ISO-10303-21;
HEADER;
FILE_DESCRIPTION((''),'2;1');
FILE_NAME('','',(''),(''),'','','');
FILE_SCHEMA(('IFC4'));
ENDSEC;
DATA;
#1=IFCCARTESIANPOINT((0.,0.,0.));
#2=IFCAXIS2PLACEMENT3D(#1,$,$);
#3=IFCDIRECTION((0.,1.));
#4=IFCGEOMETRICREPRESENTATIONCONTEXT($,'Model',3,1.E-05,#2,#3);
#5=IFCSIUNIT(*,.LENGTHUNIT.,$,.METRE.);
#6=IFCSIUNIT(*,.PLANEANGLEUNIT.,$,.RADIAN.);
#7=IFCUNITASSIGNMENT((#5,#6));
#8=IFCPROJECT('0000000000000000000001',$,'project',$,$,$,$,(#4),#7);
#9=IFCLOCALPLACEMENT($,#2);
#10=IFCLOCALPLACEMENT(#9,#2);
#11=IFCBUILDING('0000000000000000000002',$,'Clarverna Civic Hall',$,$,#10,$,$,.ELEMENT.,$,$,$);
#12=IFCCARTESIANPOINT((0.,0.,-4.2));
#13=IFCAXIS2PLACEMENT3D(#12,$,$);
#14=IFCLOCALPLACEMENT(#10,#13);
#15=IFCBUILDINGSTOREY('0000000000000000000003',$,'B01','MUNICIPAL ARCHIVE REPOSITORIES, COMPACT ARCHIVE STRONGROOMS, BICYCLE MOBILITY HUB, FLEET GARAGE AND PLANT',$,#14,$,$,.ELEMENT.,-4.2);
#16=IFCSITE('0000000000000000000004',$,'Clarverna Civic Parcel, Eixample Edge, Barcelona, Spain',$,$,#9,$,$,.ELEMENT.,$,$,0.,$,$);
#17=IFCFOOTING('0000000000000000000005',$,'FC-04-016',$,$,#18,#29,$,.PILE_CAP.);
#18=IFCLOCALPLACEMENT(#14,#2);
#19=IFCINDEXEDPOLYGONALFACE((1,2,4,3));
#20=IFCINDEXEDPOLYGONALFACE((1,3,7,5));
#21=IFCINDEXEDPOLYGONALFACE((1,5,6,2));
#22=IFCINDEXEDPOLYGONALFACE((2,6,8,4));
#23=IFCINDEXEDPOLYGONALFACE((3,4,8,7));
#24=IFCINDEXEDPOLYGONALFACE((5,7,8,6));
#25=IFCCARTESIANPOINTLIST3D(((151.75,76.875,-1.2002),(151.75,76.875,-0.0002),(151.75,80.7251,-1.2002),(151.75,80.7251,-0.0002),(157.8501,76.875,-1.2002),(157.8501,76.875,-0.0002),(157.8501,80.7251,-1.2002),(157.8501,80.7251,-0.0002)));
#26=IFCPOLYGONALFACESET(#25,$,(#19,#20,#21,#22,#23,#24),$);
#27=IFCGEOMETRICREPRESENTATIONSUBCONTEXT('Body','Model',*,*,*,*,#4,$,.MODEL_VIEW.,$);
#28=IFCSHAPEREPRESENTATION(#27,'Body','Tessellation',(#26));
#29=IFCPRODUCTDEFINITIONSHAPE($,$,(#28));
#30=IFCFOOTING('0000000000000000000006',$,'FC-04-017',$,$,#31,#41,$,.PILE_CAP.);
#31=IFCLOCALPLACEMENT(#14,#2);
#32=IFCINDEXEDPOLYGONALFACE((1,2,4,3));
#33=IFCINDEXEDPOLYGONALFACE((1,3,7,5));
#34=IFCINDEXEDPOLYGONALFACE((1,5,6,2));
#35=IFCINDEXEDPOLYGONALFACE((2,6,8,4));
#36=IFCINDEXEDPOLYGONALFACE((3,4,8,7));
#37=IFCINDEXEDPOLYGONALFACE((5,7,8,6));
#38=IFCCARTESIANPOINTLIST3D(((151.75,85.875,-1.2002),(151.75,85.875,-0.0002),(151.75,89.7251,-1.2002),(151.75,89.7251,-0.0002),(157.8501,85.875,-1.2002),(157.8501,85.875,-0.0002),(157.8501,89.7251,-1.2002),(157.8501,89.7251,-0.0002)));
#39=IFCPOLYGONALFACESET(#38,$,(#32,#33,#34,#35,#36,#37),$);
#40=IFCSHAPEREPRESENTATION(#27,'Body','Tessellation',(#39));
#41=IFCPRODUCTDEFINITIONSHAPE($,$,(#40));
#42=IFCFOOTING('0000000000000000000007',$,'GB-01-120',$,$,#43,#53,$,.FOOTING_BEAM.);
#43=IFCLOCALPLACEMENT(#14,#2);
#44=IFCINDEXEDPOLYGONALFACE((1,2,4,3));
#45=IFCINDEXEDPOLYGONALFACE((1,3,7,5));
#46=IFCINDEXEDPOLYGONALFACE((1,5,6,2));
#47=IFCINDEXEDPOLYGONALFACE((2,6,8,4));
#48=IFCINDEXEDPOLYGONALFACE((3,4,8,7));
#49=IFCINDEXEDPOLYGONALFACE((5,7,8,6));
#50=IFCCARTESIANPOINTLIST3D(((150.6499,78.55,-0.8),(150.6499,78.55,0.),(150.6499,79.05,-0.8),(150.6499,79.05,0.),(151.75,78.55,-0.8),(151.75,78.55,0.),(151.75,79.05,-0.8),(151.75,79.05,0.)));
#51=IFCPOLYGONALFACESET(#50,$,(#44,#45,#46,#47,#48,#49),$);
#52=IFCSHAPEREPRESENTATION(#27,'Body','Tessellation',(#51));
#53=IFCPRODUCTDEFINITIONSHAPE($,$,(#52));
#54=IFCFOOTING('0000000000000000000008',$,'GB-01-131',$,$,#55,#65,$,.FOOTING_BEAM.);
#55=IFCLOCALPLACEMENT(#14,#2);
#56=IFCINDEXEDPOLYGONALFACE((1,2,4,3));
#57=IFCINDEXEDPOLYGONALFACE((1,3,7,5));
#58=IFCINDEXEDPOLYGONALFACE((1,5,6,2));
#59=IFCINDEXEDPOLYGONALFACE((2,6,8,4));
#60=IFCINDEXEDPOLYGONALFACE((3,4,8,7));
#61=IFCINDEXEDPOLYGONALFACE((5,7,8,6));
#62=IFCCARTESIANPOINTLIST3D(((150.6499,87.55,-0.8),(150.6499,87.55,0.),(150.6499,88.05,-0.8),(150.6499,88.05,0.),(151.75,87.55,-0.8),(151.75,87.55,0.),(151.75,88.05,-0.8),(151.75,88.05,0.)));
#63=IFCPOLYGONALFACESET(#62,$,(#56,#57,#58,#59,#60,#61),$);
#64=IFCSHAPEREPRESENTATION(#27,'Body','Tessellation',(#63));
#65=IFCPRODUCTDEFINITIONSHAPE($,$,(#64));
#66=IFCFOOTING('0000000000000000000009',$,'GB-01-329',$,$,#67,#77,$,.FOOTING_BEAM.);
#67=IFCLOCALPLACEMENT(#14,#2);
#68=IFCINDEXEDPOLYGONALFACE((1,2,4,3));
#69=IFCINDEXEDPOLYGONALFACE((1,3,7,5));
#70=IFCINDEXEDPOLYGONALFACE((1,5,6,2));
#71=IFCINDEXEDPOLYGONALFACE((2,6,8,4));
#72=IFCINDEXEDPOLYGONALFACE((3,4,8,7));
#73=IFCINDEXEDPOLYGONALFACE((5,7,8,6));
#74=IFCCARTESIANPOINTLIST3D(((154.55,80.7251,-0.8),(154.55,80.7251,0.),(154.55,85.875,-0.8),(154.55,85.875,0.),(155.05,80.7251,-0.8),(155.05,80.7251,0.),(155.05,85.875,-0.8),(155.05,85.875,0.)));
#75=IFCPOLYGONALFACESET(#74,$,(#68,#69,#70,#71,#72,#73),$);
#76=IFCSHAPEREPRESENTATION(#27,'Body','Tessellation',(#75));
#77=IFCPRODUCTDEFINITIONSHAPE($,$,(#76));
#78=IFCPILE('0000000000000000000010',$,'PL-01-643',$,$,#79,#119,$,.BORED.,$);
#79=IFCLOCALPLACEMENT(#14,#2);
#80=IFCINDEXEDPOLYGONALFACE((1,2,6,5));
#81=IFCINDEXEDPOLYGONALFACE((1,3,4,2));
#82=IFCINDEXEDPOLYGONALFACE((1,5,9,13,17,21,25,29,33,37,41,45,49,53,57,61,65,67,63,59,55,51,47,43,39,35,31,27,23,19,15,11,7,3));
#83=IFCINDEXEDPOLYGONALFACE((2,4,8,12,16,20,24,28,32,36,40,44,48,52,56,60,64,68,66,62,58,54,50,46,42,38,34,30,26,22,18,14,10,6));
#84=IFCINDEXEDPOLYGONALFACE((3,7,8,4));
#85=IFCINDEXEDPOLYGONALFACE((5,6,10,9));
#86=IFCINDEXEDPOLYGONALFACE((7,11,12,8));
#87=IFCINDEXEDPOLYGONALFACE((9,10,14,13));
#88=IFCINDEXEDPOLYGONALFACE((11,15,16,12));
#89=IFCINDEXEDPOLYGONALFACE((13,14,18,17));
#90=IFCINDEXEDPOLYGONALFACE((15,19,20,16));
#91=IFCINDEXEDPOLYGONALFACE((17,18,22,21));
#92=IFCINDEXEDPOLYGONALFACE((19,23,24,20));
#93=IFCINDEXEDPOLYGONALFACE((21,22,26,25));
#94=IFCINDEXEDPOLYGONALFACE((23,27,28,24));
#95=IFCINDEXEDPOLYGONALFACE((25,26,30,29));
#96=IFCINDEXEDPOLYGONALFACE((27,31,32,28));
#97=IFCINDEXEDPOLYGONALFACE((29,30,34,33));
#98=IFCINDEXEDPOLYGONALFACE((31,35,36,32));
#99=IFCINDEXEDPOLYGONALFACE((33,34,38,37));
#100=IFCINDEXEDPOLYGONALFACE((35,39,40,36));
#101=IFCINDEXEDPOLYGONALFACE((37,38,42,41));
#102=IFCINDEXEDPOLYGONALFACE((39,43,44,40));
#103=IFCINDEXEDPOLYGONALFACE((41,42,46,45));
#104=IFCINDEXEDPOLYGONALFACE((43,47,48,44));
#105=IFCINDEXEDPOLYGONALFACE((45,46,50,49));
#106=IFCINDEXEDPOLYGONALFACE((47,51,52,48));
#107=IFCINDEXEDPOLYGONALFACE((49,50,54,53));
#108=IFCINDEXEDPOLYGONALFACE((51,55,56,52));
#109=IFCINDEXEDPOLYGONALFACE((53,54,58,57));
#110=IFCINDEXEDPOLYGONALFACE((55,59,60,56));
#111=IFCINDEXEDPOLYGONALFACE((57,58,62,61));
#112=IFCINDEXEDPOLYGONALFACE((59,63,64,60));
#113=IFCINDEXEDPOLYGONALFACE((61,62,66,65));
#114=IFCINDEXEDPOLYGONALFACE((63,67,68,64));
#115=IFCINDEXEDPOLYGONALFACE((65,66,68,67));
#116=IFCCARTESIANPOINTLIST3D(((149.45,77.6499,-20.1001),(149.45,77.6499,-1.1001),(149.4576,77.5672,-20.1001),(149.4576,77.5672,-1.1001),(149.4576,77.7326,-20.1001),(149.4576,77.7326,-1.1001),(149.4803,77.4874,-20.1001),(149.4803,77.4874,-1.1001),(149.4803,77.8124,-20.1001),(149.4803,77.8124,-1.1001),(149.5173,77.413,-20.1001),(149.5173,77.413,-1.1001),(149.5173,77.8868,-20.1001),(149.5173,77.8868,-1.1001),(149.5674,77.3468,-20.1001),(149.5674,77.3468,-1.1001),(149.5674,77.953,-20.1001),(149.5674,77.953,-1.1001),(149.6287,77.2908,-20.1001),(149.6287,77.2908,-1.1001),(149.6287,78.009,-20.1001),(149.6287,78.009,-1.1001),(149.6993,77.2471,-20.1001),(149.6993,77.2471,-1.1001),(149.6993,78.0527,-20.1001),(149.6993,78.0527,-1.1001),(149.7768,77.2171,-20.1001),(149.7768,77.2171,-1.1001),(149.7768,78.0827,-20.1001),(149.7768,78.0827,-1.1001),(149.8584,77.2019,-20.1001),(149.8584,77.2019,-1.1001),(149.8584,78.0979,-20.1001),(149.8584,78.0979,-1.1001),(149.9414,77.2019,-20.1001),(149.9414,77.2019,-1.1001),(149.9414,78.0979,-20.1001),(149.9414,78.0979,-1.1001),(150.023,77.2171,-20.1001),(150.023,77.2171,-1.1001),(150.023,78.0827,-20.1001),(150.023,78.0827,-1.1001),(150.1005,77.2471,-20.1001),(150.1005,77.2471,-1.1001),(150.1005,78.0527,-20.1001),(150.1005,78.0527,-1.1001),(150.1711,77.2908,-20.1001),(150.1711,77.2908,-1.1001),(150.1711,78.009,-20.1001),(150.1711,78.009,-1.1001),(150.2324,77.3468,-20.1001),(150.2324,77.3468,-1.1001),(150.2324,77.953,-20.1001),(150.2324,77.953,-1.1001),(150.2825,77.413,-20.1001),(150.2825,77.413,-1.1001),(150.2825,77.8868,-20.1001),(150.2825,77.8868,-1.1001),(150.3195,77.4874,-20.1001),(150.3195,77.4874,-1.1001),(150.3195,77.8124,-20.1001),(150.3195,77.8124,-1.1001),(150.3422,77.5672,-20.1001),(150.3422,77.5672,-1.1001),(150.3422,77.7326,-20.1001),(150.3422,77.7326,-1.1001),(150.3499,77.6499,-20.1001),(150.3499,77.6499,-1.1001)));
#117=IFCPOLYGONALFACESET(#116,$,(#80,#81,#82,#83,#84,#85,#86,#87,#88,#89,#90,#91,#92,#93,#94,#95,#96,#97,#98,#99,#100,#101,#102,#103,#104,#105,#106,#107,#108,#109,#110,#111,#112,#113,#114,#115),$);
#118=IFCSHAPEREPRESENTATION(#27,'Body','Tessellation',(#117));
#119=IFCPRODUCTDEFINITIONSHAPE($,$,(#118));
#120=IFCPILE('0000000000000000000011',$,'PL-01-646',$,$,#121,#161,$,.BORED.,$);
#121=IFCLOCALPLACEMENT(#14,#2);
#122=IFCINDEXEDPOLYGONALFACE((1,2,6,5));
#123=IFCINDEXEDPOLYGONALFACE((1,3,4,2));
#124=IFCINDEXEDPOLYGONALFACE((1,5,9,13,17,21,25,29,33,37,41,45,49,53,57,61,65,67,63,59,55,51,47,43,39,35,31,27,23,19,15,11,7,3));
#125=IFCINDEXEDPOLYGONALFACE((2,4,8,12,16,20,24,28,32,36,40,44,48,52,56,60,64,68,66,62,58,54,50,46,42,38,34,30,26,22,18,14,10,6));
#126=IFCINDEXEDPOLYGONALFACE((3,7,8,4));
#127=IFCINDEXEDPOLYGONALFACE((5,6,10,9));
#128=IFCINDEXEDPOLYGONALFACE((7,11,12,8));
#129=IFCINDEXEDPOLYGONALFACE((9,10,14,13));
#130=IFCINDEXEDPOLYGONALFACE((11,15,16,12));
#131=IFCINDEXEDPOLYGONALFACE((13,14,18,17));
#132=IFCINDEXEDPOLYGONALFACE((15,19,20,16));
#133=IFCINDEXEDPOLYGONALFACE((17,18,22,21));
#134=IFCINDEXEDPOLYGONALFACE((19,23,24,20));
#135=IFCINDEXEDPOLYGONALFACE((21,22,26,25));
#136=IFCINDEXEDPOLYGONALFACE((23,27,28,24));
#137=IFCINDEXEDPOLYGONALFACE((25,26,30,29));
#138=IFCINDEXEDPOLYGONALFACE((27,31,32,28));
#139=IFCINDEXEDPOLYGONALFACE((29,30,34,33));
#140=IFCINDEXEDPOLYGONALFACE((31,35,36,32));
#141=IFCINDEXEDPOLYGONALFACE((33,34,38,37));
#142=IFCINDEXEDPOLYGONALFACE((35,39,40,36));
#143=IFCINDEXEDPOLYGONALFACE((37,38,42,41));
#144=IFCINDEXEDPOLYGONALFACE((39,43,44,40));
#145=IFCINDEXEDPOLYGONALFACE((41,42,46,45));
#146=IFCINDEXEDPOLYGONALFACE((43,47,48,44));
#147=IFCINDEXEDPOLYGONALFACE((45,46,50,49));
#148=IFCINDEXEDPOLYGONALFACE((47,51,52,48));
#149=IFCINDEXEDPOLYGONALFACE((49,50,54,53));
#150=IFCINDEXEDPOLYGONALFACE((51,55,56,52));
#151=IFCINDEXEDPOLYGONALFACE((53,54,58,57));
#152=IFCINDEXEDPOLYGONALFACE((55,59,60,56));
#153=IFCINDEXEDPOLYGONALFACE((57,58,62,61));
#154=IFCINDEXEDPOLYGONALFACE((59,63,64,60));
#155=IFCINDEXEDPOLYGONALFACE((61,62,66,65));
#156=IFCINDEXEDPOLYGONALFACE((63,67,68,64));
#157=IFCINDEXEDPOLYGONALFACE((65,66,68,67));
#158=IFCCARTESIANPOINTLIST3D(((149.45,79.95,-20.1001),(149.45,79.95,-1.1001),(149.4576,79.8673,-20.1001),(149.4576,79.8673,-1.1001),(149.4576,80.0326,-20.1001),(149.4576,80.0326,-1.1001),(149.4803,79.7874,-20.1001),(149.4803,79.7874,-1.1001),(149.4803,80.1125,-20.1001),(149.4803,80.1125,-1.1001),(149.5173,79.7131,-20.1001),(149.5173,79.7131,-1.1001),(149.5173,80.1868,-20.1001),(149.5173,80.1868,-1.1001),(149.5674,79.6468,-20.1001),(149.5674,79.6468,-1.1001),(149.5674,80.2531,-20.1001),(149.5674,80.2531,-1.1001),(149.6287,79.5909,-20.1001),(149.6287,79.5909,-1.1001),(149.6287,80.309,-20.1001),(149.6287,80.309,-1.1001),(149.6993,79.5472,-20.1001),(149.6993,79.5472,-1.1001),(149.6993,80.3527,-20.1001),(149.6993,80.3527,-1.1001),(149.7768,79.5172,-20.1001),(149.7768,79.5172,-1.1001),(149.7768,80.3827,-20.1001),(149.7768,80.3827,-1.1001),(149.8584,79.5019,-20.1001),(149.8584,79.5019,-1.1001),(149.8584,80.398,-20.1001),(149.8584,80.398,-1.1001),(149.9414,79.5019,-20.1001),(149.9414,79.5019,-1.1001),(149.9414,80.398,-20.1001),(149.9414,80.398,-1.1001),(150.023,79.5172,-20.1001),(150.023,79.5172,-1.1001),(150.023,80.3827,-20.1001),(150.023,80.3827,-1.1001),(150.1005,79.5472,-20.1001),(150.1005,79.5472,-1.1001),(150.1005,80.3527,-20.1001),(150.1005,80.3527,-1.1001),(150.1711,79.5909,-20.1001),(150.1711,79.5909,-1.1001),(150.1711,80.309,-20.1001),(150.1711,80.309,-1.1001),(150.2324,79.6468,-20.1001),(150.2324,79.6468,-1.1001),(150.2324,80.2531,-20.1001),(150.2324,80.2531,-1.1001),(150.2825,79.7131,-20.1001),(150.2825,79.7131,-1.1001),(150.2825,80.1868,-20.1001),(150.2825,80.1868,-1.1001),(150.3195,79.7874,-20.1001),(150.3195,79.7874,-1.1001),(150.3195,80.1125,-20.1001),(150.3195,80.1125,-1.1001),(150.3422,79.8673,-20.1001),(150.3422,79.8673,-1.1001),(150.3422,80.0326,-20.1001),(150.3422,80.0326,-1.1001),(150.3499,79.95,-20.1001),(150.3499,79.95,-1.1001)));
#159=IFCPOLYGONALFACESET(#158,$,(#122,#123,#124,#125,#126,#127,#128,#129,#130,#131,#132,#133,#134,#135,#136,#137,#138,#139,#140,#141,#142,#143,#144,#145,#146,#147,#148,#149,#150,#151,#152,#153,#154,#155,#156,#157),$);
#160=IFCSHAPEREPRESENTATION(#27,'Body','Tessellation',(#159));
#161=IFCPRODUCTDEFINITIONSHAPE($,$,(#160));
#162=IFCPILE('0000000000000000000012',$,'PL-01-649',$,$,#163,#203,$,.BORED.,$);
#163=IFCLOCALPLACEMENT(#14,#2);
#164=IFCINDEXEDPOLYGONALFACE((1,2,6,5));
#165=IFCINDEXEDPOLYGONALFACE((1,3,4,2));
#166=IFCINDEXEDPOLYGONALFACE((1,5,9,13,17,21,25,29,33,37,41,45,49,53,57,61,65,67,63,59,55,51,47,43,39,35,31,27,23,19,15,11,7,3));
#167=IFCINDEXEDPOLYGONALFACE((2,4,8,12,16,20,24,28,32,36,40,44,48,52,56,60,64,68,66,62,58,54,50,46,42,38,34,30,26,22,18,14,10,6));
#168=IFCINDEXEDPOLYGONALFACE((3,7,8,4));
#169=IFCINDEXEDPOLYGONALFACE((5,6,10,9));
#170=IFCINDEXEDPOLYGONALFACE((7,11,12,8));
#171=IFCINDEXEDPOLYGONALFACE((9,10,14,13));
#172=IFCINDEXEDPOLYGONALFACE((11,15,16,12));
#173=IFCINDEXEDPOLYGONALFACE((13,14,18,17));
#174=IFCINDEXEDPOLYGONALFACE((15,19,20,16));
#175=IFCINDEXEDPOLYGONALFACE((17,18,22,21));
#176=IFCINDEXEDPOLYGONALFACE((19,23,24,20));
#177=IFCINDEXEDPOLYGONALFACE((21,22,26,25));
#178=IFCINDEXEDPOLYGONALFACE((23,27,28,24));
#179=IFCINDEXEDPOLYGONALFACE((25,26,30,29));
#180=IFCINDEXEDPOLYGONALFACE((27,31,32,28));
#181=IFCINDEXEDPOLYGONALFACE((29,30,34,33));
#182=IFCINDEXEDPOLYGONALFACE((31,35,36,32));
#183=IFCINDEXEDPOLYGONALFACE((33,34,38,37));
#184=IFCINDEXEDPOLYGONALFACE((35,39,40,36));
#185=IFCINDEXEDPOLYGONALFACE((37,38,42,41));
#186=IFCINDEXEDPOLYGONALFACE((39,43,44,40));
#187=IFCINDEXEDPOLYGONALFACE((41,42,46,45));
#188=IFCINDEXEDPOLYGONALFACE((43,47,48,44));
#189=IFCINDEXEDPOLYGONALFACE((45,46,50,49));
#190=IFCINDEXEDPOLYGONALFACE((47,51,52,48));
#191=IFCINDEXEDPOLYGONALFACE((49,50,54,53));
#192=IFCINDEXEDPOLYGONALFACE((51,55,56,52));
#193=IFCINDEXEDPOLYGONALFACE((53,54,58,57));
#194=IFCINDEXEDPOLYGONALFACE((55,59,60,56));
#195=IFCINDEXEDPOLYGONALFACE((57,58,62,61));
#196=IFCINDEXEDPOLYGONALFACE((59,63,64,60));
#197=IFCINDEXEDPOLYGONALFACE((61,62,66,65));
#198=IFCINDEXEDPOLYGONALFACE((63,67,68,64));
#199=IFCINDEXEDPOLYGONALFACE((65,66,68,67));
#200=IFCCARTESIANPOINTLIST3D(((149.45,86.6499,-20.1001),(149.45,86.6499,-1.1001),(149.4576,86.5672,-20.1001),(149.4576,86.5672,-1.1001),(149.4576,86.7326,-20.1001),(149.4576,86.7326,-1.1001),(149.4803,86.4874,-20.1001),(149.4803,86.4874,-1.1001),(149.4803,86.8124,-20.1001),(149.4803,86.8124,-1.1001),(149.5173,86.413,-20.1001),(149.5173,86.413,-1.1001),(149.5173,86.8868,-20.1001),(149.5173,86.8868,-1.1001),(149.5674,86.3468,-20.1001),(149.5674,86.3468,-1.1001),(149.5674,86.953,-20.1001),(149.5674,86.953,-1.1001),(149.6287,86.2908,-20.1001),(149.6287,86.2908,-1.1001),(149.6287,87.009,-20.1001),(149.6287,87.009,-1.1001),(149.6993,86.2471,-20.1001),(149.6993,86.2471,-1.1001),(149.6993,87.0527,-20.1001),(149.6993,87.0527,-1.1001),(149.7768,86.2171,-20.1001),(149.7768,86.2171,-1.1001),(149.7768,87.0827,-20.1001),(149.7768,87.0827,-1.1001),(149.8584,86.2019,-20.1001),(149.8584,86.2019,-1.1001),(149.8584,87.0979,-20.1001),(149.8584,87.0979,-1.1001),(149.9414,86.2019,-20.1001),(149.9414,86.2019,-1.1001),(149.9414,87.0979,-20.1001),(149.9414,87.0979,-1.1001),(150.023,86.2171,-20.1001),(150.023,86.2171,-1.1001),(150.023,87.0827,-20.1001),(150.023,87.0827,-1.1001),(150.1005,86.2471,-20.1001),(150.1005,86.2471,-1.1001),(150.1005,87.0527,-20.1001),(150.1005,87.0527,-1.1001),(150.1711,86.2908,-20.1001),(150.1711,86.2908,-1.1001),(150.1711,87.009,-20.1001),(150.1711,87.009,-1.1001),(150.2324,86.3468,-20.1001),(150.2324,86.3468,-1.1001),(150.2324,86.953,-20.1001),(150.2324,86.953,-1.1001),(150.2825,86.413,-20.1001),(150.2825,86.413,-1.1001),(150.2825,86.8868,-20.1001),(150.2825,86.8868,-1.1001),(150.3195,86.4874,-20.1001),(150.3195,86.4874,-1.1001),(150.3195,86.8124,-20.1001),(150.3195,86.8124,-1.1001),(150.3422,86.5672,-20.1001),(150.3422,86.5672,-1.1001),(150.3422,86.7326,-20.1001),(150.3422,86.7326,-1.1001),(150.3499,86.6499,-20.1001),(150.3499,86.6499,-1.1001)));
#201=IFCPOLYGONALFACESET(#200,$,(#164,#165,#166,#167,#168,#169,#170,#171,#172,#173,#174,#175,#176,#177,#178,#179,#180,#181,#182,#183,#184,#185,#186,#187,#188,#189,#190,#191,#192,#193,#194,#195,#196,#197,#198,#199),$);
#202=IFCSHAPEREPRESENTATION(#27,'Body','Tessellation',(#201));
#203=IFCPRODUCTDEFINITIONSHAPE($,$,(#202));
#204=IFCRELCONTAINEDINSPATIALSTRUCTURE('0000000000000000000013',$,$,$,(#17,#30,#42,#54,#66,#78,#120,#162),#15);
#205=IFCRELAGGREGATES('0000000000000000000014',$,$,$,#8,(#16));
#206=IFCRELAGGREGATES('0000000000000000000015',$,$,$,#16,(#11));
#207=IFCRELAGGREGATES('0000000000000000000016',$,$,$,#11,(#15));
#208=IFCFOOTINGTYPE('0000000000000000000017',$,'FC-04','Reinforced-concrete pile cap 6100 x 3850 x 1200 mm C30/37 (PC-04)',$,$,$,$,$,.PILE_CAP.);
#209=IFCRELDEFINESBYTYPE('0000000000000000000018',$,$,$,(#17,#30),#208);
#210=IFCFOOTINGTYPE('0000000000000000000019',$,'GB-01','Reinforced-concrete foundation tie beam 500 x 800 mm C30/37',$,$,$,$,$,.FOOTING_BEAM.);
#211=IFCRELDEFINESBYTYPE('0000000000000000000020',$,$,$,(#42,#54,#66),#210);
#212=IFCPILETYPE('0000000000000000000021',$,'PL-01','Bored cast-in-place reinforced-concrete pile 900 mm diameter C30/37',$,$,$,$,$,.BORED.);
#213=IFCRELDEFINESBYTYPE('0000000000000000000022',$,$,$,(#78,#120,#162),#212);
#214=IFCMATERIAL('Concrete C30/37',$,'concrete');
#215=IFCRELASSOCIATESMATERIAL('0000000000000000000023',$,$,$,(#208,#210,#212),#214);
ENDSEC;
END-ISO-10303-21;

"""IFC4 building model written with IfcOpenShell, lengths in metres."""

from ifc_helpers import new_model, si_unit, direction, frame, frame_2d, origin, origin_2d, place, context, subcontext, project, spatial, rectangle, circle, extrude, material, material_profile, profile_set, type_object, element, save


model = new_model("IFC4")

# Units and contexts
model_context = context("Model", 3, precision=1e-05, world=origin(), true_north=direction((0.0, 1.0)))
body_context = subcontext(model_context, "Body", "Model", "MODEL_VIEW")
ifc_project = project(units=[si_unit("LENGTHUNIT", "METRE"), si_unit("PLANEANGLEUNIT", "RADIAN")], contexts=[model_context])

# Site, building, storey
site_placement = place(None, origin())
site = spatial("IfcSite", under=ifc_project, at=site_placement, Name="Clarverna Civic Parcel, Eixample Edge, Barcelona, Spain", CompositionType="ELEMENT", RefElevation=0.0)
building_placement = place(site_placement, origin())
building = spatial("IfcBuilding", under=site, at=building_placement, Name="Clarverna Civic Hall", CompositionType="ELEMENT")
storey_placement = place(building_placement, frame((0.0, 0.0, -4.2)))
storey = spatial("IfcBuildingStorey", under=building, at=storey_placement, Name="B01", Description="MUNICIPAL ARCHIVE REPOSITORIES, COMPACT ARCHIVE STRONGROOMS, BICYCLE MOBILITY HUB, FLEET GARAGE AND PLANT", CompositionType="ELEMENT", Elevation=-4.2)

# Footings
ifc_material_1 = material(Name="Concrete C30/37", Category="concrete")
footing_type_1 = type_object("IfcFootingType", Name="FC-04", Description="Reinforced-concrete pile cap 6100 x 3850 x 1200 mm C30/37 (PC-04)", PredefinedType="PILE_CAP", material=ifc_material_1)
for number, where, z_axis, x_axis, name in (
    (1, (154.8, 78.8, -1.2002), (0.0, 0.0, 1.0), (1.0, 0.0, 0.0), "FC-04-016"),
    (2, (154.8, 87.8, -1.2002), (0.0, 0.0, 1.0), (1.0, 0.0, 0.0), "FC-04-017"),
):
    element("IfcFooting", number, at=place(storey_placement, frame(where, z_axis=z_axis, x_axis=x_axis)), inside=storey, type_object=footing_type_1, Name=name, PredefinedType="PILE_CAP", context=body_context, shape_type="SweptSolid", body=[
        extrude(rectangle(XDim=6.1001, YDim=3.8501, at=origin_2d()), origin(), (0.0, 0.0, 1.0), 1.2),
    ])
footing_type_2 = type_object("IfcFootingType", Name="GB-01", Description="Reinforced-concrete foundation tie beam 500 x 800 mm C30/37", PredefinedType="FOOTING_BEAM", material=ifc_material_1)
for number, where, z_axis, x_axis, name in (
    (3, (150.6499, 78.8, -0.8), (0.0, 0.0, 1.0), (1.0, 0.0, 0.0), "GB-01-120"),
    (4, (150.6499, 87.8, -0.8), (0.0, 0.0, 1.0), (1.0, 0.0, 0.0), "GB-01-131"),
):
    element("IfcFooting", number, at=place(storey_placement, frame(where, z_axis=z_axis, x_axis=x_axis)), inside=storey, type_object=footing_type_2, Name=name, PredefinedType="FOOTING_BEAM", context=body_context, shape_type="SweptSolid", body=[
        extrude(rectangle(XDim=1.1001, YDim=0.5, at=frame_2d((0.55, 0.0))), origin(), (0.0, 0.0, 1.0), 0.8),
    ])
footing_placement = place(storey_placement, frame((154.8, 80.7251, -0.8), z_axis=(0.0, 0.0, 1.0), x_axis=(0.0, 1.0, 0.0)))
element("IfcFooting", 5, at=footing_placement, inside=storey, type_object=footing_type_2, Name="GB-01-329", PredefinedType="FOOTING_BEAM", context=body_context, shape_type="SweptSolid", body=[
    extrude(rectangle(XDim=5.1499, YDim=0.5, at=frame_2d((2.575, 0.0))), origin(), (0.0, 0.0, 1.0), 0.8),
])

# Piles
ifc_material_profile_1 = material_profile(ifc_material_1, circle(Radius=0.45, at=origin_2d()), Name="BORED PILE D900")
ifc_profile_set_1 = profile_set([ifc_material_profile_1], Name="Concrete C30/37")
pile_type = type_object("IfcPileType", Name="PL-01", Description="Bored cast-in-place reinforced-concrete pile 900 mm diameter C30/37", PredefinedType="BORED", material=ifc_profile_set_1)
for number, where, z_axis, x_axis, name in (
    (6, (149.8999, 77.6499, -1.1001), (0.0, 0.0, -1.0), (1.0, 0.0, 0.0), "PL-01-643"),
    (7, (149.8999, 79.95, -1.1001), (0.0, 0.0, -1.0), (1.0, 0.0, 0.0), "PL-01-646"),
    (8, (149.8999, 86.6499, -1.1001), (0.0, 0.0, -1.0), (1.0, 0.0, 0.0), "PL-01-649"),
):
    element("IfcPile", number, at=place(storey_placement, frame(where, z_axis=z_axis, x_axis=x_axis)), inside=storey, type_object=pile_type, Name=name, PredefinedType="BORED", context=body_context, shape_type="SweptSolid", body=[
        extrude(circle(Radius=0.45, at=origin_2d()), origin(), (0.0, 0.0, 1.0), 19.0),
    ])

save(model, "model.ifc")
